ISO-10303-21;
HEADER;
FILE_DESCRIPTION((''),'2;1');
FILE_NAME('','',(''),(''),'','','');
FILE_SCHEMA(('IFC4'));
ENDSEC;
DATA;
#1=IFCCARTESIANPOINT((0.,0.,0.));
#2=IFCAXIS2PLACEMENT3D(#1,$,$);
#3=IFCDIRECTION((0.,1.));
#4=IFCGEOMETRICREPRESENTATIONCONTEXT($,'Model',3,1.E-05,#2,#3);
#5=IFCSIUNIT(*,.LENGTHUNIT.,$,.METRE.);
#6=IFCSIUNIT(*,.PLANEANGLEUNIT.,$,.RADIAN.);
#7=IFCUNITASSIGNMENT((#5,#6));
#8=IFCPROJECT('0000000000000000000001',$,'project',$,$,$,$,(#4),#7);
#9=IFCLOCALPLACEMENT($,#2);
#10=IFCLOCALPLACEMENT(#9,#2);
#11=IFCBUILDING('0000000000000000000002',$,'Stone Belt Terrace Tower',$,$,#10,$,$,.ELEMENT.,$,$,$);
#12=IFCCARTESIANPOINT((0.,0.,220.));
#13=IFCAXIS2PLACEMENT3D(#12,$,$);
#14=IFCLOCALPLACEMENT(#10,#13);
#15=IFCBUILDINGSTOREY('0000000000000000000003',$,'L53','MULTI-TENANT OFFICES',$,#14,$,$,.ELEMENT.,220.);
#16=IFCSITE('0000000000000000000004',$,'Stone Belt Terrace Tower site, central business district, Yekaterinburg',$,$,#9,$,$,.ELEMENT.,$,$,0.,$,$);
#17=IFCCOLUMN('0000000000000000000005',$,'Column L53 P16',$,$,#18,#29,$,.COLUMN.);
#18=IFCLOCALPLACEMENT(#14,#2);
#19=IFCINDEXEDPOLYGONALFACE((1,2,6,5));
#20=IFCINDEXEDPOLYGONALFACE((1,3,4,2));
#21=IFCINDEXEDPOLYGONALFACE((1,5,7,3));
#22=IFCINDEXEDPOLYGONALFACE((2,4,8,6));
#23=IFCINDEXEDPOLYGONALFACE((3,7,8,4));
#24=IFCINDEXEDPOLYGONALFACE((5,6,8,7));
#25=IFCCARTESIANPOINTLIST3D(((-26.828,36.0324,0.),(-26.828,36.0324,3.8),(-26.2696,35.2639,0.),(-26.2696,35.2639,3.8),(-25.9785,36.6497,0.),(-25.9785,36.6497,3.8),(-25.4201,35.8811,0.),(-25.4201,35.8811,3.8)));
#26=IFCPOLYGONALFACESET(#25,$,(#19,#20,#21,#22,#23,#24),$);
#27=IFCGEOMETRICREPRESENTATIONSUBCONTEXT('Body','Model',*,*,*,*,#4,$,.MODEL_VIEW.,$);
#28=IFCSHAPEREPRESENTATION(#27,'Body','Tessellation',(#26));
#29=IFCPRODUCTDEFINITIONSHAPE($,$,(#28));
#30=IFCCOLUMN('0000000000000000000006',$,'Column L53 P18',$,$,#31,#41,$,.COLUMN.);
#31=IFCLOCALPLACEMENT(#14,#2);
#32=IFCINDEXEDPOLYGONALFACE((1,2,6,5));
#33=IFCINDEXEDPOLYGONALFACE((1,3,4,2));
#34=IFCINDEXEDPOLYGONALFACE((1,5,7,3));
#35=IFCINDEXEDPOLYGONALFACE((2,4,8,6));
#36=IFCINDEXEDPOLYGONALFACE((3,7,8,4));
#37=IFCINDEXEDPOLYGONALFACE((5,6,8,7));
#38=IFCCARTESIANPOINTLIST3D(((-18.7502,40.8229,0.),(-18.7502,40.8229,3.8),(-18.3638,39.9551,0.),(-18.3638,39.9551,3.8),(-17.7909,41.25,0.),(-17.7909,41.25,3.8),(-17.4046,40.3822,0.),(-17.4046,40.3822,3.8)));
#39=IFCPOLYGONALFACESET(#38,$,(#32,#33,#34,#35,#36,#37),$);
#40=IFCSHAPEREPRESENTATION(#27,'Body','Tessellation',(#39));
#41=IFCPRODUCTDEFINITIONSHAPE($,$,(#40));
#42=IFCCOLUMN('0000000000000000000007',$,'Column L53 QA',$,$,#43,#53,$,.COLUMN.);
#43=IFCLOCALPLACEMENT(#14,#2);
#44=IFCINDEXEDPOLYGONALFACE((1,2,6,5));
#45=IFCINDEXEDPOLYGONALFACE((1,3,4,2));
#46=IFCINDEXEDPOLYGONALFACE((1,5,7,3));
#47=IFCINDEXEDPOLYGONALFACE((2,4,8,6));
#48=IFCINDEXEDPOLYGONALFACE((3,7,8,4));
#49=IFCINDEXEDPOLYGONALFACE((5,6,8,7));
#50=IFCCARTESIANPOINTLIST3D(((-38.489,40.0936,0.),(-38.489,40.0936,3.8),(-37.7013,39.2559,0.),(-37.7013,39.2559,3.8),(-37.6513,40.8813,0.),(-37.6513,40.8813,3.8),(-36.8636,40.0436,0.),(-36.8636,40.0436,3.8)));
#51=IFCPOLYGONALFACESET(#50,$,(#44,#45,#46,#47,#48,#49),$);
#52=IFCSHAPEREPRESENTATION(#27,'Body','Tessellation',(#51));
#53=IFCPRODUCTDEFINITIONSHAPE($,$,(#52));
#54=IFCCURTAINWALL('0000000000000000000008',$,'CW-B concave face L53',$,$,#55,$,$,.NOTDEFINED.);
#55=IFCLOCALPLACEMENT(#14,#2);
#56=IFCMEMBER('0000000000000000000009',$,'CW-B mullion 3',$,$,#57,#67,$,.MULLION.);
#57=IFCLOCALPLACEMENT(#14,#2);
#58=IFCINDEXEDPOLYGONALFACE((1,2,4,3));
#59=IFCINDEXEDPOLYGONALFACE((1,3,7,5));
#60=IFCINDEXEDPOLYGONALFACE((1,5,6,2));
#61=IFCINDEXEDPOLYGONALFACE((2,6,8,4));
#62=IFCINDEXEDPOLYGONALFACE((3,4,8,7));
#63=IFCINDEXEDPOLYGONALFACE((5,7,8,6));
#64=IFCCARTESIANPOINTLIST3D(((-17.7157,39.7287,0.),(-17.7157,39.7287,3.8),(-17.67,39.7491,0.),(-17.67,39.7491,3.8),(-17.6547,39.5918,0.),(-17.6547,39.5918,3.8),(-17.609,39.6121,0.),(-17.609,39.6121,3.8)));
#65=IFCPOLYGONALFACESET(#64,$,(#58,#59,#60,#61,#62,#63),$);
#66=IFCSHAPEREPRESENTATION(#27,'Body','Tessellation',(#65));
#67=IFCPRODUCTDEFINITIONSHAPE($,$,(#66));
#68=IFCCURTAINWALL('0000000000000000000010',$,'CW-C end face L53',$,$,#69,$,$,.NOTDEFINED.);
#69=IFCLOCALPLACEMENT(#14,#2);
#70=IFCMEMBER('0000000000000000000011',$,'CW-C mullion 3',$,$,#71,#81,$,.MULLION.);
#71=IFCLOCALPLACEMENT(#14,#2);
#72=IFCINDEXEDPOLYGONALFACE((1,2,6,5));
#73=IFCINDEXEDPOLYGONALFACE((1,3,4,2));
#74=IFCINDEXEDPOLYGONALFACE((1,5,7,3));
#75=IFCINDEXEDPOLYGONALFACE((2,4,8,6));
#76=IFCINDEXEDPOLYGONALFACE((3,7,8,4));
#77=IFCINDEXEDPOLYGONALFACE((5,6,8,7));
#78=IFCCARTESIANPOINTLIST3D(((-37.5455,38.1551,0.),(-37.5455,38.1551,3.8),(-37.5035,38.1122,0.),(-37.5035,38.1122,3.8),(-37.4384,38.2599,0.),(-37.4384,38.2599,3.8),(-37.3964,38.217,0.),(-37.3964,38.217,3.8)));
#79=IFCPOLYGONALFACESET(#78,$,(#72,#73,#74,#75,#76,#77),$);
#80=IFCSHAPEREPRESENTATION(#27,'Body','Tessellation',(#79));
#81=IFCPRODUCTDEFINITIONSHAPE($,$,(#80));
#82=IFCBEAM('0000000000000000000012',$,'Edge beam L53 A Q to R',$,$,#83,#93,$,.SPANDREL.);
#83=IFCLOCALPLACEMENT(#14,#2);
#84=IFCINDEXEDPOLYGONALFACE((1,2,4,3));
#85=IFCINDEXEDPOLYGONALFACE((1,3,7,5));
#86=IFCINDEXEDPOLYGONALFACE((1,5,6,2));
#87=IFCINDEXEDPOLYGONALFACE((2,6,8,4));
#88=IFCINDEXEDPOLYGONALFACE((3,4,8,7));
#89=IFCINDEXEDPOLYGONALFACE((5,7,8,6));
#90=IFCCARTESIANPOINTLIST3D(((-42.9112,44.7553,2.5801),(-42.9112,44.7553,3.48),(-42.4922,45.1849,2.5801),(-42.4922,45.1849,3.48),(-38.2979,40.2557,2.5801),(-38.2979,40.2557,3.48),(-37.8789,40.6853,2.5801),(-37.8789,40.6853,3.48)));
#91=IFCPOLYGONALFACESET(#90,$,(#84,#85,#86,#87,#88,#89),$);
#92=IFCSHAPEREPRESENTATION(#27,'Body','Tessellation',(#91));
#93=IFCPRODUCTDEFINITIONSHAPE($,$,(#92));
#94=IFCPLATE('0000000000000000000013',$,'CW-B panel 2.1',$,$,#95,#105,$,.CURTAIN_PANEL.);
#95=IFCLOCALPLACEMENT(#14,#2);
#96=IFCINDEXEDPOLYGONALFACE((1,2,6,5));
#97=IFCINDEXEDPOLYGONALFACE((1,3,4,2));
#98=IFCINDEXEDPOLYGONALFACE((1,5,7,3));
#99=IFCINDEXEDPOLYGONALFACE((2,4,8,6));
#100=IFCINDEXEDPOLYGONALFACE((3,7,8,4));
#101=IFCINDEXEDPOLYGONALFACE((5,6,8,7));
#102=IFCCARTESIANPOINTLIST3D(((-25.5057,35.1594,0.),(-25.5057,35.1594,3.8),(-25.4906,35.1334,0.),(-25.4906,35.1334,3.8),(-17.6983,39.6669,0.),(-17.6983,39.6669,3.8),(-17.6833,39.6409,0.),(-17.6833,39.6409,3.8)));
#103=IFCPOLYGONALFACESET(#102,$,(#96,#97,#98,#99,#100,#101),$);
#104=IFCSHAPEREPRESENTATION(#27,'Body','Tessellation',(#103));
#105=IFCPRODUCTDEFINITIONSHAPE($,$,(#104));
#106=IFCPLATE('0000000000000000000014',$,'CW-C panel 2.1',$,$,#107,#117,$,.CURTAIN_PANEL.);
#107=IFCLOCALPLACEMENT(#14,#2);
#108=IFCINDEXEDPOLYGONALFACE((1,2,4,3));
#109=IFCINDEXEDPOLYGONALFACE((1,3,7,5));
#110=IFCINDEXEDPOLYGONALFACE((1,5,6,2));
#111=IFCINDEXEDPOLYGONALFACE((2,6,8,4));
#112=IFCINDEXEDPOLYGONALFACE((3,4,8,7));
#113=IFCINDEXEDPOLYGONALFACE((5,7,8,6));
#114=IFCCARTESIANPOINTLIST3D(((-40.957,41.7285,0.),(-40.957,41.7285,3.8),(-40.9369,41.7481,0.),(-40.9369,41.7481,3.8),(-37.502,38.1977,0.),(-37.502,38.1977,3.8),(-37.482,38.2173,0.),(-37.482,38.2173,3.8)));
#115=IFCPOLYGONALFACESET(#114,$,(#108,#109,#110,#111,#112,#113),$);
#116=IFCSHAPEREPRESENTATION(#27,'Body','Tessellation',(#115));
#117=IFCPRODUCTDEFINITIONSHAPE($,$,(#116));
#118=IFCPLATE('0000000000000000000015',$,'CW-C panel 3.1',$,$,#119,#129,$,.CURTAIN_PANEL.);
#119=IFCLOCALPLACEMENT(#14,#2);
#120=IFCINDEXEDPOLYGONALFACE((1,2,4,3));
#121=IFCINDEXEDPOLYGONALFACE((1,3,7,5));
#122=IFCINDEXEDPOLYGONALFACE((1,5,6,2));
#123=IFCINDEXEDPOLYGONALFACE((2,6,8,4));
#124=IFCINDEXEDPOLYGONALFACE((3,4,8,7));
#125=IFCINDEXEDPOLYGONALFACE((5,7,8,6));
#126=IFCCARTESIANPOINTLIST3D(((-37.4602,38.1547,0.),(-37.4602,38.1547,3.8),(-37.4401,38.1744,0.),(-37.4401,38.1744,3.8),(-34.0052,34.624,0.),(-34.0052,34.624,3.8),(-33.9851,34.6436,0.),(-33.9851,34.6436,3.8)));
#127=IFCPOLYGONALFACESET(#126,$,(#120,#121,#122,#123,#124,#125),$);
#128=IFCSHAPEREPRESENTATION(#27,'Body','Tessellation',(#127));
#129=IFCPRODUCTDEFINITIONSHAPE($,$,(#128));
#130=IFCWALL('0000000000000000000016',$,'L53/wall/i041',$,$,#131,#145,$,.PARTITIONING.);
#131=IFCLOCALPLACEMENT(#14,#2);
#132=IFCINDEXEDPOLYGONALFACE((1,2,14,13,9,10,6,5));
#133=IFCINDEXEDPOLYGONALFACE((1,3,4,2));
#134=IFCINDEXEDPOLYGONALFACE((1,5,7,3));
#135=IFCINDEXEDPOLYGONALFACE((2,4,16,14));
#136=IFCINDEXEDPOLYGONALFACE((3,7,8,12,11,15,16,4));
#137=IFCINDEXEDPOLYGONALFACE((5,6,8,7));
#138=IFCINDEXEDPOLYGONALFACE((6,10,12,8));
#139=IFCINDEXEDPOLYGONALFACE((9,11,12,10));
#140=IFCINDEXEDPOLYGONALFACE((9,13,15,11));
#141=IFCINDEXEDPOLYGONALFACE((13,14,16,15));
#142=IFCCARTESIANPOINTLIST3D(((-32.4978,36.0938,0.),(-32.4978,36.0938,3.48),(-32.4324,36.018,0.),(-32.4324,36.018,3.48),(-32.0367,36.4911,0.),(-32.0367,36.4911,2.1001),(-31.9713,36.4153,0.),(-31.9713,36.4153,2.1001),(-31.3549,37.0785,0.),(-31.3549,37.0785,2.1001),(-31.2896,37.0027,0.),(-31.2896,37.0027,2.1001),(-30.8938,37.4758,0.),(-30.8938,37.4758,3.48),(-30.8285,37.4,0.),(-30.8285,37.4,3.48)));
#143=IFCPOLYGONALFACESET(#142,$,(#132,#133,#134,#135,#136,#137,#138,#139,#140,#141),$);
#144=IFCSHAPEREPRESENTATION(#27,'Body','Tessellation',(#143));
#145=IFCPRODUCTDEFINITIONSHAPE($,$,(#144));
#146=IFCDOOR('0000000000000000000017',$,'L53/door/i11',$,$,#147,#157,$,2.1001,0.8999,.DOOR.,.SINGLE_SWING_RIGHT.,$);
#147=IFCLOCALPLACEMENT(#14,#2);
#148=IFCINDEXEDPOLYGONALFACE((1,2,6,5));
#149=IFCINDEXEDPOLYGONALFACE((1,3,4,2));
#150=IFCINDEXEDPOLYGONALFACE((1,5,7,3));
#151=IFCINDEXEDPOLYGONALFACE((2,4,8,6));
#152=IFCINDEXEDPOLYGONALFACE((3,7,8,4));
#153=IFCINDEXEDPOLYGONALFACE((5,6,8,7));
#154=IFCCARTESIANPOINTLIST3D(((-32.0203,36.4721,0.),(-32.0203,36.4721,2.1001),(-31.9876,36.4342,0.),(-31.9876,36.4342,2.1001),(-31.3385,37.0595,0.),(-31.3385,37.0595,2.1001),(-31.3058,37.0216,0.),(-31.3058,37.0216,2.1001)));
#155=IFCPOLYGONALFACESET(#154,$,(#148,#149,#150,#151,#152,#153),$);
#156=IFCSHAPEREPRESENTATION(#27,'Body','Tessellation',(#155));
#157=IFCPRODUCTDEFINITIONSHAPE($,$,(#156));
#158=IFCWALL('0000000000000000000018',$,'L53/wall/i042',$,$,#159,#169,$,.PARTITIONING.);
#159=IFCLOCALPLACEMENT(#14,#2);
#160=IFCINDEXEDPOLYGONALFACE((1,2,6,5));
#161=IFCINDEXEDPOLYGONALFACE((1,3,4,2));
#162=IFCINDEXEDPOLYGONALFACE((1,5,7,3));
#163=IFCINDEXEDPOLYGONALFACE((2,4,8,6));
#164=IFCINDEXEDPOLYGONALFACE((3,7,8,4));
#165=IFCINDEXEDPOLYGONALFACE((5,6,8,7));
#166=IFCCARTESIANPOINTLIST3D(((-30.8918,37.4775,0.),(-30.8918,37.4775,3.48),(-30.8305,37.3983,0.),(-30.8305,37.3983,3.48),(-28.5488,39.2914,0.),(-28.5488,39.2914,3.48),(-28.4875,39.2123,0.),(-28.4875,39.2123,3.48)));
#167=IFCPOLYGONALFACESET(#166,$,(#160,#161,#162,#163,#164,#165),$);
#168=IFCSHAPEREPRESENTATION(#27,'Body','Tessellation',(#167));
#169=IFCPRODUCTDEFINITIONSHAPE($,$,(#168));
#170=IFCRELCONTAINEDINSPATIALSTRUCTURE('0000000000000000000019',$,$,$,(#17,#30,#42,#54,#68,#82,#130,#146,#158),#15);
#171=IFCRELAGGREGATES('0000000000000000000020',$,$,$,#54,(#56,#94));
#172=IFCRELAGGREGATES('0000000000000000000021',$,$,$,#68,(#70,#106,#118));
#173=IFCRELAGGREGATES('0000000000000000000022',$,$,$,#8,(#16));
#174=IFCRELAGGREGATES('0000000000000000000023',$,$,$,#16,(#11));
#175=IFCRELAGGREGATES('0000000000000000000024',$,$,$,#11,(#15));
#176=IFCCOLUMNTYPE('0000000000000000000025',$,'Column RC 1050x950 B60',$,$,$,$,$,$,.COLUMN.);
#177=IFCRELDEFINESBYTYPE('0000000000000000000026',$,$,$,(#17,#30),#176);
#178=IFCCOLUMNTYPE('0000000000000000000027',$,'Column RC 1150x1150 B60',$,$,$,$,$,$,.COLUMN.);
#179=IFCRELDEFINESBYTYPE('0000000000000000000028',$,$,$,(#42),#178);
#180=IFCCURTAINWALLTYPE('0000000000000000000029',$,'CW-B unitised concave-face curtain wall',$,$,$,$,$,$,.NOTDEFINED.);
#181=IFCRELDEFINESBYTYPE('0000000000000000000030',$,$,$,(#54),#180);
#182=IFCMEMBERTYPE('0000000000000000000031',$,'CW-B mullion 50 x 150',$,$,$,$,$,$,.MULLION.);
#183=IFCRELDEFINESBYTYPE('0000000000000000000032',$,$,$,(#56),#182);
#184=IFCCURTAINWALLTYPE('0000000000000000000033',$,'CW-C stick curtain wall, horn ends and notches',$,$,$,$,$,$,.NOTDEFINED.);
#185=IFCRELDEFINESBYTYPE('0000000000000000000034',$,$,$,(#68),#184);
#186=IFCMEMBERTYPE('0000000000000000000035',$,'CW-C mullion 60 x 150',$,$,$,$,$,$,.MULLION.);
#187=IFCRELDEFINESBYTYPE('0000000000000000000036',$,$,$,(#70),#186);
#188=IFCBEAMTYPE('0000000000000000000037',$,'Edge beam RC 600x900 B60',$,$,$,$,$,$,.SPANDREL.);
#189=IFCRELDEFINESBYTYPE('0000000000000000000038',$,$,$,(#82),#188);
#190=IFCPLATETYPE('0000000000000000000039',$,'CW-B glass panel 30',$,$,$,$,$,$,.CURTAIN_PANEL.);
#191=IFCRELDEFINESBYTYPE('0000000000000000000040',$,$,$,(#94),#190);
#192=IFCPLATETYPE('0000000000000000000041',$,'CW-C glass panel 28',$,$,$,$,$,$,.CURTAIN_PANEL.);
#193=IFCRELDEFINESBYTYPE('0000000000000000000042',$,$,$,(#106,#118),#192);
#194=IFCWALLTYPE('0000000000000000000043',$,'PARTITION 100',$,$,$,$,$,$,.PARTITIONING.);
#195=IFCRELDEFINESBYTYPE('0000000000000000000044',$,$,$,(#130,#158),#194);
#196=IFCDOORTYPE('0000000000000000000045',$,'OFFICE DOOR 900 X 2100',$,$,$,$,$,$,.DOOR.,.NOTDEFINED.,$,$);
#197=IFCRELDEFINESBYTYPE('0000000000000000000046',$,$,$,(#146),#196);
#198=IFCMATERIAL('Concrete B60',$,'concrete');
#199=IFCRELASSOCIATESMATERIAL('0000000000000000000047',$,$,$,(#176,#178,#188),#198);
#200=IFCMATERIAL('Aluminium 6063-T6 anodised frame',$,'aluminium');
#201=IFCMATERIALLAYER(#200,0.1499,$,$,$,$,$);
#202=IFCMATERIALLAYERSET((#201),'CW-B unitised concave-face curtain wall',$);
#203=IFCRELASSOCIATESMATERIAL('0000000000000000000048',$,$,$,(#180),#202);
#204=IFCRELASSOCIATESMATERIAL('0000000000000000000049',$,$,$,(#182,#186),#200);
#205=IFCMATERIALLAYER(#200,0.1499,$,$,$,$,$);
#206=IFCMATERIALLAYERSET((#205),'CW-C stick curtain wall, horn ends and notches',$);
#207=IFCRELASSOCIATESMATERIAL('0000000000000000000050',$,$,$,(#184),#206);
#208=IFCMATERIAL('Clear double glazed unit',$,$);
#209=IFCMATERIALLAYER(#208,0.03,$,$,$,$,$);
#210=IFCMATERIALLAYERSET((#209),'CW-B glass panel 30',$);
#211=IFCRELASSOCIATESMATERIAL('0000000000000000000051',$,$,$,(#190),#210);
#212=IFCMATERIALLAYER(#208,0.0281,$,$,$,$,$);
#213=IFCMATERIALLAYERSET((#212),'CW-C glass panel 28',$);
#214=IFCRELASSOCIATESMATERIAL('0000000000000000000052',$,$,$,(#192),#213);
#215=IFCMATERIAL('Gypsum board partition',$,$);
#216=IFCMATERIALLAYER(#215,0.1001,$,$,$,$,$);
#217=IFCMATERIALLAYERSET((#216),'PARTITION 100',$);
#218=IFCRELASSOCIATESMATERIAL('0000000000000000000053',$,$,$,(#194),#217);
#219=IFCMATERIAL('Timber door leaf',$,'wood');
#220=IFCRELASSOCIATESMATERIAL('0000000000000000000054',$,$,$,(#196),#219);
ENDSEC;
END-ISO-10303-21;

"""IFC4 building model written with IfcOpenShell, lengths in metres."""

from ifc_helpers import new_model, si_unit, direction, frame, frame_2d, origin, origin_2d, place, context, subcontext, project, spatial, rectangle, extrude, material, layer, layer_set, material_profile, profile_set, type_object, element, fill, aggregate, save


model = new_model("IFC4")

# Units and contexts
model_context = context("Model", 3, precision=1e-05, world=origin(), true_north=direction((0.0, 1.0)))
body_context = subcontext(model_context, "Body", "Model", "MODEL_VIEW")
ifc_project = project(units=[si_unit("LENGTHUNIT", "METRE"), si_unit("PLANEANGLEUNIT", "RADIAN")], contexts=[model_context])

# Site, building, storey
site_placement = place(None, origin())
site = spatial("IfcSite", under=ifc_project, at=site_placement, Name="Stone Belt Terrace Tower site, central business district, Yekaterinburg", CompositionType="ELEMENT", RefElevation=0.0)
building_placement = place(site_placement, origin())
building = spatial("IfcBuilding", under=site, at=building_placement, Name="Stone Belt Terrace Tower", CompositionType="ELEMENT")
storey_placement = place(building_placement, frame((0.0, 0.0, 220.0)))
storey = spatial("IfcBuildingStorey", under=building, at=storey_placement, Name="L53", Description="MULTI-TENANT OFFICES", CompositionType="ELEMENT", Elevation=220.0)

# Columns
ifc_material_1 = material(Name="Concrete B60", Category="concrete")
ifc_material_profile_1 = material_profile(ifc_material_1, rectangle(XDim=1.05, YDim=0.95, at=origin_2d()), Name="RC 1050x950")
ifc_profile_set_1 = profile_set([ifc_material_profile_1], Name="Concrete B60")
column_type_1 = type_object("IfcColumnType", Name="Column RC 1050x950 B60", PredefinedType="COLUMN", material=ifc_profile_set_1)
for number, where, z_axis, x_axis, name in (
    (1, (-26.124, 35.9568, 0.0), (0.0, 0.0, 1.0), (0.809017, 0.587785, 0.0), "Column L53 P16"),
    (2, (-18.0774, 40.6025, 0.0), (0.0, 0.0, 1.0), (0.913545, 0.406737, 0.0), "Column L53 P18"),
):
    element("IfcColumn", number, at=place(storey_placement, frame(where, z_axis=z_axis, x_axis=x_axis)), inside=storey, type_object=column_type_1, Name=name, PredefinedType="COLUMN", context=body_context, shape_type="SweptSolid", body=[
        extrude(rectangle(XDim=1.05, YDim=0.95, at=origin_2d()), origin(), (0.0, 0.0, 1.0), 3.8),
    ])
ifc_material_profile_2 = material_profile(ifc_material_1, rectangle(XDim=1.1499, YDim=1.1499, at=origin_2d()), Name="RC 1150x1150")
ifc_profile_set_2 = profile_set([ifc_material_profile_2], Name="Concrete B60")
column_type_2 = type_object("IfcColumnType", Name="Column RC 1150x1150 B60", PredefinedType="COLUMN", material=ifc_profile_set_2)
column_placement = place(storey_placement, frame((-37.6763, 40.0686, 0.0), z_axis=(0.0, 0.0, 1.0), x_axis=(0.72852, 0.685024, 0.0)))
element("IfcColumn", 3, at=column_placement, inside=storey, type_object=column_type_2, Name="Column L53 QA", PredefinedType="COLUMN", context=body_context, shape_type="SweptSolid", body=[
    extrude(rectangle(XDim=1.1499, YDim=1.1499, at=origin_2d()), origin(), (0.0, 0.0, 1.0), 3.8),
])

# Curtain walls, members
ifc_material_2 = material(Name="Aluminium 6063-T6 anodised frame", Category="aluminium")
ifc_layer_1 = layer(ifc_material_2, 0.1499)
ifc_layer_set_1 = layer_set([ifc_layer_1], Name="CW-B unitised concave-face curtain wall")
curtain_wall_type_1 = type_object("IfcCurtainWallType", Name="CW-B unitised concave-face curtain wall", PredefinedType="NOTDEFINED", material=ifc_layer_set_1)
curtain_wall_1_placement = place(storey_placement, origin())
curtain_wall_1 = element("IfcCurtainWall", 4, at=curtain_wall_1_placement, inside=storey, type_object=curtain_wall_type_1, Name="CW-B concave face L53", PredefinedType="NOTDEFINED")
ifc_material_profile_3 = material_profile(ifc_material_2, rectangle(XDim=0.1499, YDim=0.05, at=origin_2d()), Name="Aluminium 6063-T6 50x150")
ifc_profile_set_3 = profile_set([ifc_material_profile_3], Name="Aluminium 6063-T6 anodised frame")
member_type_1 = type_object("IfcMemberType", Name="CW-B mullion 50 x 150", PredefinedType="MULLION", material=ifc_profile_set_3)
member_1_placement = place(storey_placement, frame((-17.6624, 39.6704, 0.0), z_axis=(0.0, 0.0, 1.0), x_axis=(-0.406737, 0.913545, 0.0)))
member_1 = element("IfcMember", 5, at=member_1_placement, type_object=member_type_1, Name="CW-B mullion 3", PredefinedType="MULLION", context=body_context, shape_type="SweptSolid", body=[
    extrude(rectangle(XDim=0.1499, YDim=0.05, at=origin_2d()), origin(), (0.0, 0.0, 1.0), 3.8),
])
ifc_layer_2 = layer(ifc_material_2, 0.1499)
ifc_layer_set_2 = layer_set([ifc_layer_2], Name="CW-C stick curtain wall, horn ends and notches")
curtain_wall_type_2 = type_object("IfcCurtainWallType", Name="CW-C stick curtain wall, horn ends and notches", PredefinedType="NOTDEFINED", material=ifc_layer_set_2)
curtain_wall_2_placement = place(storey_placement, origin())
curtain_wall_2 = element("IfcCurtainWall", 6, at=curtain_wall_2_placement, inside=storey, type_object=curtain_wall_type_2, Name="CW-C end face L53", PredefinedType="NOTDEFINED")
ifc_material_profile_4 = material_profile(ifc_material_2, rectangle(XDim=0.1499, YDim=0.0601, at=origin_2d()), Name="Aluminium 6063-T6 60x150")
ifc_profile_set_4 = profile_set([ifc_material_profile_4], Name="Aluminium 6063-T6 anodised frame")
member_type_2 = type_object("IfcMemberType", Name="CW-C mullion 60 x 150", PredefinedType="MULLION", material=ifc_profile_set_4)
member_2_placement = place(storey_placement, frame((-37.4709, 38.186, 0.0), z_axis=(0.0, 0.0, 1.0), x_axis=(0.714739, 0.699391, 0.0)))
member_2 = element("IfcMember", 7, at=member_2_placement, type_object=member_type_2, Name="CW-C mullion 3", PredefinedType="MULLION", context=body_context, shape_type="SweptSolid", body=[
    extrude(rectangle(XDim=0.1499, YDim=0.0601, at=origin_2d()), origin(), (0.0, 0.0, 1.0), 3.8),
])

# Beam
ifc_material_profile_5 = material_profile(ifc_material_1, rectangle(XDim=0.6001, YDim=0.8999, at=origin_2d()), Name="RC 600x900")
ifc_profile_set_5 = profile_set([ifc_material_profile_5], Name="Concrete B60")
beam_type = type_object("IfcBeamType", Name="Edge beam RC 600x900 B60", PredefinedType="SPANDREL", material=ifc_profile_set_5)
beam_placement = place(storey_placement, frame((-38.0884, 40.4705, 3.03), z_axis=(-0.715879, 0.698224, 0.0), x_axis=(-0.698224, -0.715879, 0.0)))
element("IfcBeam", 8, at=beam_placement, inside=storey, type_object=beam_type, Name="Edge beam L53 A Q to R", PredefinedType="SPANDREL", context=body_context, shape_type="SweptSolid", body=[
    extrude(rectangle(XDim=0.6001, YDim=0.8999, at=origin_2d()), origin(), (0.0, 0.0, 1.0), 6.4443),
])

# Plates
ifc_material_3 = material(Name="Clear double glazed unit")
ifc_layer_3 = layer(ifc_material_3, 0.03)
ifc_layer_set_3 = layer_set([ifc_layer_3], Name="CW-B glass panel 30")
plate_type_1 = type_object("IfcPlateType", Name="CW-B glass panel 30", PredefinedType="CURTAIN_PANEL", material=ifc_layer_set_3)
plate_1_placement = place(storey_placement, frame((-21.5945, 37.4001, 0.0), z_axis=(0.0, 0.0, 1.0), x_axis=(0.866025, 0.5, 0.0)))
plate_1 = element("IfcPlate", 9, at=plate_1_placement, type_object=plate_type_1, Name="CW-B panel 2.1", PredefinedType="CURTAIN_PANEL", context=body_context, shape_type="SweptSolid", body=[
    extrude(rectangle(XDim=9.0151, YDim=0.03, at=origin_2d()), origin(), (0.0, 0.0, 1.0), 3.8),
])
aggregate(curtain_wall_1, [member_1, plate_1])
ifc_layer_4 = layer(ifc_material_3, 0.0281)
ifc_layer_set_4 = layer_set([ifc_layer_4], Name="CW-C glass panel 28")
plate_type_2 = type_object("IfcPlateType", Name="CW-C glass panel 28", PredefinedType="CURTAIN_PANEL", material=ifc_layer_set_4)
plate_2_placement = place(storey_placement, frame((-39.2195, 39.9729, 0.0), z_axis=(0.0, 0.0, 1.0), x_axis=(0.699391, -0.714739, 0.0)))
plate_2 = element("IfcPlate", 10, at=plate_2_placement, type_object=plate_type_2, Name="CW-C panel 2.1", PredefinedType="CURTAIN_PANEL", context=body_context, shape_type="SweptSolid", body=[
    extrude(rectangle(XDim=4.9399, YDim=0.0281, at=origin_2d()), origin(), (0.0, 0.0, 1.0), 3.8),
])
plate_3_placement = place(storey_placement, frame((-35.7227, 36.3992, 0.0), z_axis=(0.0, 0.0, 1.0), x_axis=(0.699391, -0.714739, 0.0)))
plate_3 = element("IfcPlate", 11, at=plate_3_placement, type_object=plate_type_2, Name="CW-C panel 3.1", PredefinedType="CURTAIN_PANEL", context=body_context, shape_type="SweptSolid", body=[
    extrude(rectangle(XDim=4.9399, YDim=0.0281, at=origin_2d()), origin(), (0.0, 0.0, 1.0), 3.8),
])
aggregate(curtain_wall_2, [member_2, plate_2, plate_3])

# Wall, opening, door
ifc_material_4 = material(Name="Gypsum board partition")
ifc_layer_5 = layer(ifc_material_4, 0.1001)
ifc_layer_set_5 = layer_set([ifc_layer_5], Name="PARTITION 100")
wall_type_1 = type_object("IfcWallType", Name="PARTITION 100", PredefinedType="PARTITIONING", material=ifc_layer_set_5)
wall_1_placement = place(storey_placement, frame((-32.4651, 36.0559, 0.0), z_axis=(0.0, 0.0, 1.0), x_axis=(0.757569, 0.652755, 0.0)))
wall_1 = element("IfcWall", 12, at=wall_1_placement, inside=storey, type_object=wall_type_1, Name="L53/wall/i041", PredefinedType="PARTITIONING", context=body_context, shape_type="SweptSolid", body=[
    extrude(rectangle(XDim=2.1172, YDim=0.1001, at=frame_2d((1.0586, 0.0))), origin(), (0.0, 0.0, 1.0), 3.48),
])
opening_1_placement = place(wall_1_placement, frame((0.6086, 0.0, 0.0)))
opening_1 = element("IfcOpeningElement", 13, at=opening_1_placement, cuts=wall_1, PredefinedType="OPENING", context=body_context, shape_type="SweptSolid", body=[
    extrude(rectangle(XDim=0.8999, YDim=2.1001, at=frame_2d((0.45, 1.05))), frame((0.0, 0.0601, 0.0), z_axis=(0.0, -1.0, 0.0), x_axis=(1.0, 0.0, 0.0)), (0.0, 0.0, 1.0), 0.1201),
])
ifc_material_5 = material(Name="Timber door leaf", Category="wood")
door_type_1 = type_object("IfcDoorType", Name="OFFICE DOOR 900 X 2100", OperationType="NOTDEFINED", PredefinedType="DOOR", material=ifc_material_5)
door_1_placement = place(opening_1_placement, origin())
door_1 = element("IfcDoor", 14, at=door_1_placement, inside=storey, type_object=door_type_1, Name="L53/door/i11", OperationType="SINGLE_SWING_RIGHT", OverallHeight=2.1001, OverallWidth=0.8999, PredefinedType="DOOR", context=body_context, shape_type="SweptSolid", body=[
    extrude(rectangle(XDim=0.8999, YDim=2.1001, at=frame_2d((0.45, 1.05))), frame((0.0, 0.0249, 0.0), z_axis=(0.0, -1.0, 0.0), x_axis=(1.0, 0.0, 0.0)), (0.0, 0.0, 1.0), 0.05),
])
fill(opening_1, door_1)

# Wall
wall_2_placement = place(storey_placement, frame((-30.8611, 37.438, 0.0), z_axis=(0.0, 0.0, 1.0), x_axis=(0.790721, 0.612177, 0.0)))
element("IfcWall", 15, at=wall_2_placement, inside=storey, type_object=wall_type_1, Name="L53/wall/i042", PredefinedType="PARTITIONING", context=body_context, shape_type="SweptSolid", body=[
    extrude(rectangle(XDim=2.9631, YDim=0.1001, at=frame_2d((1.4814, 0.0))), origin(), (0.0, 0.0, 1.0), 3.48),
])

save(model, "model.ifc")
